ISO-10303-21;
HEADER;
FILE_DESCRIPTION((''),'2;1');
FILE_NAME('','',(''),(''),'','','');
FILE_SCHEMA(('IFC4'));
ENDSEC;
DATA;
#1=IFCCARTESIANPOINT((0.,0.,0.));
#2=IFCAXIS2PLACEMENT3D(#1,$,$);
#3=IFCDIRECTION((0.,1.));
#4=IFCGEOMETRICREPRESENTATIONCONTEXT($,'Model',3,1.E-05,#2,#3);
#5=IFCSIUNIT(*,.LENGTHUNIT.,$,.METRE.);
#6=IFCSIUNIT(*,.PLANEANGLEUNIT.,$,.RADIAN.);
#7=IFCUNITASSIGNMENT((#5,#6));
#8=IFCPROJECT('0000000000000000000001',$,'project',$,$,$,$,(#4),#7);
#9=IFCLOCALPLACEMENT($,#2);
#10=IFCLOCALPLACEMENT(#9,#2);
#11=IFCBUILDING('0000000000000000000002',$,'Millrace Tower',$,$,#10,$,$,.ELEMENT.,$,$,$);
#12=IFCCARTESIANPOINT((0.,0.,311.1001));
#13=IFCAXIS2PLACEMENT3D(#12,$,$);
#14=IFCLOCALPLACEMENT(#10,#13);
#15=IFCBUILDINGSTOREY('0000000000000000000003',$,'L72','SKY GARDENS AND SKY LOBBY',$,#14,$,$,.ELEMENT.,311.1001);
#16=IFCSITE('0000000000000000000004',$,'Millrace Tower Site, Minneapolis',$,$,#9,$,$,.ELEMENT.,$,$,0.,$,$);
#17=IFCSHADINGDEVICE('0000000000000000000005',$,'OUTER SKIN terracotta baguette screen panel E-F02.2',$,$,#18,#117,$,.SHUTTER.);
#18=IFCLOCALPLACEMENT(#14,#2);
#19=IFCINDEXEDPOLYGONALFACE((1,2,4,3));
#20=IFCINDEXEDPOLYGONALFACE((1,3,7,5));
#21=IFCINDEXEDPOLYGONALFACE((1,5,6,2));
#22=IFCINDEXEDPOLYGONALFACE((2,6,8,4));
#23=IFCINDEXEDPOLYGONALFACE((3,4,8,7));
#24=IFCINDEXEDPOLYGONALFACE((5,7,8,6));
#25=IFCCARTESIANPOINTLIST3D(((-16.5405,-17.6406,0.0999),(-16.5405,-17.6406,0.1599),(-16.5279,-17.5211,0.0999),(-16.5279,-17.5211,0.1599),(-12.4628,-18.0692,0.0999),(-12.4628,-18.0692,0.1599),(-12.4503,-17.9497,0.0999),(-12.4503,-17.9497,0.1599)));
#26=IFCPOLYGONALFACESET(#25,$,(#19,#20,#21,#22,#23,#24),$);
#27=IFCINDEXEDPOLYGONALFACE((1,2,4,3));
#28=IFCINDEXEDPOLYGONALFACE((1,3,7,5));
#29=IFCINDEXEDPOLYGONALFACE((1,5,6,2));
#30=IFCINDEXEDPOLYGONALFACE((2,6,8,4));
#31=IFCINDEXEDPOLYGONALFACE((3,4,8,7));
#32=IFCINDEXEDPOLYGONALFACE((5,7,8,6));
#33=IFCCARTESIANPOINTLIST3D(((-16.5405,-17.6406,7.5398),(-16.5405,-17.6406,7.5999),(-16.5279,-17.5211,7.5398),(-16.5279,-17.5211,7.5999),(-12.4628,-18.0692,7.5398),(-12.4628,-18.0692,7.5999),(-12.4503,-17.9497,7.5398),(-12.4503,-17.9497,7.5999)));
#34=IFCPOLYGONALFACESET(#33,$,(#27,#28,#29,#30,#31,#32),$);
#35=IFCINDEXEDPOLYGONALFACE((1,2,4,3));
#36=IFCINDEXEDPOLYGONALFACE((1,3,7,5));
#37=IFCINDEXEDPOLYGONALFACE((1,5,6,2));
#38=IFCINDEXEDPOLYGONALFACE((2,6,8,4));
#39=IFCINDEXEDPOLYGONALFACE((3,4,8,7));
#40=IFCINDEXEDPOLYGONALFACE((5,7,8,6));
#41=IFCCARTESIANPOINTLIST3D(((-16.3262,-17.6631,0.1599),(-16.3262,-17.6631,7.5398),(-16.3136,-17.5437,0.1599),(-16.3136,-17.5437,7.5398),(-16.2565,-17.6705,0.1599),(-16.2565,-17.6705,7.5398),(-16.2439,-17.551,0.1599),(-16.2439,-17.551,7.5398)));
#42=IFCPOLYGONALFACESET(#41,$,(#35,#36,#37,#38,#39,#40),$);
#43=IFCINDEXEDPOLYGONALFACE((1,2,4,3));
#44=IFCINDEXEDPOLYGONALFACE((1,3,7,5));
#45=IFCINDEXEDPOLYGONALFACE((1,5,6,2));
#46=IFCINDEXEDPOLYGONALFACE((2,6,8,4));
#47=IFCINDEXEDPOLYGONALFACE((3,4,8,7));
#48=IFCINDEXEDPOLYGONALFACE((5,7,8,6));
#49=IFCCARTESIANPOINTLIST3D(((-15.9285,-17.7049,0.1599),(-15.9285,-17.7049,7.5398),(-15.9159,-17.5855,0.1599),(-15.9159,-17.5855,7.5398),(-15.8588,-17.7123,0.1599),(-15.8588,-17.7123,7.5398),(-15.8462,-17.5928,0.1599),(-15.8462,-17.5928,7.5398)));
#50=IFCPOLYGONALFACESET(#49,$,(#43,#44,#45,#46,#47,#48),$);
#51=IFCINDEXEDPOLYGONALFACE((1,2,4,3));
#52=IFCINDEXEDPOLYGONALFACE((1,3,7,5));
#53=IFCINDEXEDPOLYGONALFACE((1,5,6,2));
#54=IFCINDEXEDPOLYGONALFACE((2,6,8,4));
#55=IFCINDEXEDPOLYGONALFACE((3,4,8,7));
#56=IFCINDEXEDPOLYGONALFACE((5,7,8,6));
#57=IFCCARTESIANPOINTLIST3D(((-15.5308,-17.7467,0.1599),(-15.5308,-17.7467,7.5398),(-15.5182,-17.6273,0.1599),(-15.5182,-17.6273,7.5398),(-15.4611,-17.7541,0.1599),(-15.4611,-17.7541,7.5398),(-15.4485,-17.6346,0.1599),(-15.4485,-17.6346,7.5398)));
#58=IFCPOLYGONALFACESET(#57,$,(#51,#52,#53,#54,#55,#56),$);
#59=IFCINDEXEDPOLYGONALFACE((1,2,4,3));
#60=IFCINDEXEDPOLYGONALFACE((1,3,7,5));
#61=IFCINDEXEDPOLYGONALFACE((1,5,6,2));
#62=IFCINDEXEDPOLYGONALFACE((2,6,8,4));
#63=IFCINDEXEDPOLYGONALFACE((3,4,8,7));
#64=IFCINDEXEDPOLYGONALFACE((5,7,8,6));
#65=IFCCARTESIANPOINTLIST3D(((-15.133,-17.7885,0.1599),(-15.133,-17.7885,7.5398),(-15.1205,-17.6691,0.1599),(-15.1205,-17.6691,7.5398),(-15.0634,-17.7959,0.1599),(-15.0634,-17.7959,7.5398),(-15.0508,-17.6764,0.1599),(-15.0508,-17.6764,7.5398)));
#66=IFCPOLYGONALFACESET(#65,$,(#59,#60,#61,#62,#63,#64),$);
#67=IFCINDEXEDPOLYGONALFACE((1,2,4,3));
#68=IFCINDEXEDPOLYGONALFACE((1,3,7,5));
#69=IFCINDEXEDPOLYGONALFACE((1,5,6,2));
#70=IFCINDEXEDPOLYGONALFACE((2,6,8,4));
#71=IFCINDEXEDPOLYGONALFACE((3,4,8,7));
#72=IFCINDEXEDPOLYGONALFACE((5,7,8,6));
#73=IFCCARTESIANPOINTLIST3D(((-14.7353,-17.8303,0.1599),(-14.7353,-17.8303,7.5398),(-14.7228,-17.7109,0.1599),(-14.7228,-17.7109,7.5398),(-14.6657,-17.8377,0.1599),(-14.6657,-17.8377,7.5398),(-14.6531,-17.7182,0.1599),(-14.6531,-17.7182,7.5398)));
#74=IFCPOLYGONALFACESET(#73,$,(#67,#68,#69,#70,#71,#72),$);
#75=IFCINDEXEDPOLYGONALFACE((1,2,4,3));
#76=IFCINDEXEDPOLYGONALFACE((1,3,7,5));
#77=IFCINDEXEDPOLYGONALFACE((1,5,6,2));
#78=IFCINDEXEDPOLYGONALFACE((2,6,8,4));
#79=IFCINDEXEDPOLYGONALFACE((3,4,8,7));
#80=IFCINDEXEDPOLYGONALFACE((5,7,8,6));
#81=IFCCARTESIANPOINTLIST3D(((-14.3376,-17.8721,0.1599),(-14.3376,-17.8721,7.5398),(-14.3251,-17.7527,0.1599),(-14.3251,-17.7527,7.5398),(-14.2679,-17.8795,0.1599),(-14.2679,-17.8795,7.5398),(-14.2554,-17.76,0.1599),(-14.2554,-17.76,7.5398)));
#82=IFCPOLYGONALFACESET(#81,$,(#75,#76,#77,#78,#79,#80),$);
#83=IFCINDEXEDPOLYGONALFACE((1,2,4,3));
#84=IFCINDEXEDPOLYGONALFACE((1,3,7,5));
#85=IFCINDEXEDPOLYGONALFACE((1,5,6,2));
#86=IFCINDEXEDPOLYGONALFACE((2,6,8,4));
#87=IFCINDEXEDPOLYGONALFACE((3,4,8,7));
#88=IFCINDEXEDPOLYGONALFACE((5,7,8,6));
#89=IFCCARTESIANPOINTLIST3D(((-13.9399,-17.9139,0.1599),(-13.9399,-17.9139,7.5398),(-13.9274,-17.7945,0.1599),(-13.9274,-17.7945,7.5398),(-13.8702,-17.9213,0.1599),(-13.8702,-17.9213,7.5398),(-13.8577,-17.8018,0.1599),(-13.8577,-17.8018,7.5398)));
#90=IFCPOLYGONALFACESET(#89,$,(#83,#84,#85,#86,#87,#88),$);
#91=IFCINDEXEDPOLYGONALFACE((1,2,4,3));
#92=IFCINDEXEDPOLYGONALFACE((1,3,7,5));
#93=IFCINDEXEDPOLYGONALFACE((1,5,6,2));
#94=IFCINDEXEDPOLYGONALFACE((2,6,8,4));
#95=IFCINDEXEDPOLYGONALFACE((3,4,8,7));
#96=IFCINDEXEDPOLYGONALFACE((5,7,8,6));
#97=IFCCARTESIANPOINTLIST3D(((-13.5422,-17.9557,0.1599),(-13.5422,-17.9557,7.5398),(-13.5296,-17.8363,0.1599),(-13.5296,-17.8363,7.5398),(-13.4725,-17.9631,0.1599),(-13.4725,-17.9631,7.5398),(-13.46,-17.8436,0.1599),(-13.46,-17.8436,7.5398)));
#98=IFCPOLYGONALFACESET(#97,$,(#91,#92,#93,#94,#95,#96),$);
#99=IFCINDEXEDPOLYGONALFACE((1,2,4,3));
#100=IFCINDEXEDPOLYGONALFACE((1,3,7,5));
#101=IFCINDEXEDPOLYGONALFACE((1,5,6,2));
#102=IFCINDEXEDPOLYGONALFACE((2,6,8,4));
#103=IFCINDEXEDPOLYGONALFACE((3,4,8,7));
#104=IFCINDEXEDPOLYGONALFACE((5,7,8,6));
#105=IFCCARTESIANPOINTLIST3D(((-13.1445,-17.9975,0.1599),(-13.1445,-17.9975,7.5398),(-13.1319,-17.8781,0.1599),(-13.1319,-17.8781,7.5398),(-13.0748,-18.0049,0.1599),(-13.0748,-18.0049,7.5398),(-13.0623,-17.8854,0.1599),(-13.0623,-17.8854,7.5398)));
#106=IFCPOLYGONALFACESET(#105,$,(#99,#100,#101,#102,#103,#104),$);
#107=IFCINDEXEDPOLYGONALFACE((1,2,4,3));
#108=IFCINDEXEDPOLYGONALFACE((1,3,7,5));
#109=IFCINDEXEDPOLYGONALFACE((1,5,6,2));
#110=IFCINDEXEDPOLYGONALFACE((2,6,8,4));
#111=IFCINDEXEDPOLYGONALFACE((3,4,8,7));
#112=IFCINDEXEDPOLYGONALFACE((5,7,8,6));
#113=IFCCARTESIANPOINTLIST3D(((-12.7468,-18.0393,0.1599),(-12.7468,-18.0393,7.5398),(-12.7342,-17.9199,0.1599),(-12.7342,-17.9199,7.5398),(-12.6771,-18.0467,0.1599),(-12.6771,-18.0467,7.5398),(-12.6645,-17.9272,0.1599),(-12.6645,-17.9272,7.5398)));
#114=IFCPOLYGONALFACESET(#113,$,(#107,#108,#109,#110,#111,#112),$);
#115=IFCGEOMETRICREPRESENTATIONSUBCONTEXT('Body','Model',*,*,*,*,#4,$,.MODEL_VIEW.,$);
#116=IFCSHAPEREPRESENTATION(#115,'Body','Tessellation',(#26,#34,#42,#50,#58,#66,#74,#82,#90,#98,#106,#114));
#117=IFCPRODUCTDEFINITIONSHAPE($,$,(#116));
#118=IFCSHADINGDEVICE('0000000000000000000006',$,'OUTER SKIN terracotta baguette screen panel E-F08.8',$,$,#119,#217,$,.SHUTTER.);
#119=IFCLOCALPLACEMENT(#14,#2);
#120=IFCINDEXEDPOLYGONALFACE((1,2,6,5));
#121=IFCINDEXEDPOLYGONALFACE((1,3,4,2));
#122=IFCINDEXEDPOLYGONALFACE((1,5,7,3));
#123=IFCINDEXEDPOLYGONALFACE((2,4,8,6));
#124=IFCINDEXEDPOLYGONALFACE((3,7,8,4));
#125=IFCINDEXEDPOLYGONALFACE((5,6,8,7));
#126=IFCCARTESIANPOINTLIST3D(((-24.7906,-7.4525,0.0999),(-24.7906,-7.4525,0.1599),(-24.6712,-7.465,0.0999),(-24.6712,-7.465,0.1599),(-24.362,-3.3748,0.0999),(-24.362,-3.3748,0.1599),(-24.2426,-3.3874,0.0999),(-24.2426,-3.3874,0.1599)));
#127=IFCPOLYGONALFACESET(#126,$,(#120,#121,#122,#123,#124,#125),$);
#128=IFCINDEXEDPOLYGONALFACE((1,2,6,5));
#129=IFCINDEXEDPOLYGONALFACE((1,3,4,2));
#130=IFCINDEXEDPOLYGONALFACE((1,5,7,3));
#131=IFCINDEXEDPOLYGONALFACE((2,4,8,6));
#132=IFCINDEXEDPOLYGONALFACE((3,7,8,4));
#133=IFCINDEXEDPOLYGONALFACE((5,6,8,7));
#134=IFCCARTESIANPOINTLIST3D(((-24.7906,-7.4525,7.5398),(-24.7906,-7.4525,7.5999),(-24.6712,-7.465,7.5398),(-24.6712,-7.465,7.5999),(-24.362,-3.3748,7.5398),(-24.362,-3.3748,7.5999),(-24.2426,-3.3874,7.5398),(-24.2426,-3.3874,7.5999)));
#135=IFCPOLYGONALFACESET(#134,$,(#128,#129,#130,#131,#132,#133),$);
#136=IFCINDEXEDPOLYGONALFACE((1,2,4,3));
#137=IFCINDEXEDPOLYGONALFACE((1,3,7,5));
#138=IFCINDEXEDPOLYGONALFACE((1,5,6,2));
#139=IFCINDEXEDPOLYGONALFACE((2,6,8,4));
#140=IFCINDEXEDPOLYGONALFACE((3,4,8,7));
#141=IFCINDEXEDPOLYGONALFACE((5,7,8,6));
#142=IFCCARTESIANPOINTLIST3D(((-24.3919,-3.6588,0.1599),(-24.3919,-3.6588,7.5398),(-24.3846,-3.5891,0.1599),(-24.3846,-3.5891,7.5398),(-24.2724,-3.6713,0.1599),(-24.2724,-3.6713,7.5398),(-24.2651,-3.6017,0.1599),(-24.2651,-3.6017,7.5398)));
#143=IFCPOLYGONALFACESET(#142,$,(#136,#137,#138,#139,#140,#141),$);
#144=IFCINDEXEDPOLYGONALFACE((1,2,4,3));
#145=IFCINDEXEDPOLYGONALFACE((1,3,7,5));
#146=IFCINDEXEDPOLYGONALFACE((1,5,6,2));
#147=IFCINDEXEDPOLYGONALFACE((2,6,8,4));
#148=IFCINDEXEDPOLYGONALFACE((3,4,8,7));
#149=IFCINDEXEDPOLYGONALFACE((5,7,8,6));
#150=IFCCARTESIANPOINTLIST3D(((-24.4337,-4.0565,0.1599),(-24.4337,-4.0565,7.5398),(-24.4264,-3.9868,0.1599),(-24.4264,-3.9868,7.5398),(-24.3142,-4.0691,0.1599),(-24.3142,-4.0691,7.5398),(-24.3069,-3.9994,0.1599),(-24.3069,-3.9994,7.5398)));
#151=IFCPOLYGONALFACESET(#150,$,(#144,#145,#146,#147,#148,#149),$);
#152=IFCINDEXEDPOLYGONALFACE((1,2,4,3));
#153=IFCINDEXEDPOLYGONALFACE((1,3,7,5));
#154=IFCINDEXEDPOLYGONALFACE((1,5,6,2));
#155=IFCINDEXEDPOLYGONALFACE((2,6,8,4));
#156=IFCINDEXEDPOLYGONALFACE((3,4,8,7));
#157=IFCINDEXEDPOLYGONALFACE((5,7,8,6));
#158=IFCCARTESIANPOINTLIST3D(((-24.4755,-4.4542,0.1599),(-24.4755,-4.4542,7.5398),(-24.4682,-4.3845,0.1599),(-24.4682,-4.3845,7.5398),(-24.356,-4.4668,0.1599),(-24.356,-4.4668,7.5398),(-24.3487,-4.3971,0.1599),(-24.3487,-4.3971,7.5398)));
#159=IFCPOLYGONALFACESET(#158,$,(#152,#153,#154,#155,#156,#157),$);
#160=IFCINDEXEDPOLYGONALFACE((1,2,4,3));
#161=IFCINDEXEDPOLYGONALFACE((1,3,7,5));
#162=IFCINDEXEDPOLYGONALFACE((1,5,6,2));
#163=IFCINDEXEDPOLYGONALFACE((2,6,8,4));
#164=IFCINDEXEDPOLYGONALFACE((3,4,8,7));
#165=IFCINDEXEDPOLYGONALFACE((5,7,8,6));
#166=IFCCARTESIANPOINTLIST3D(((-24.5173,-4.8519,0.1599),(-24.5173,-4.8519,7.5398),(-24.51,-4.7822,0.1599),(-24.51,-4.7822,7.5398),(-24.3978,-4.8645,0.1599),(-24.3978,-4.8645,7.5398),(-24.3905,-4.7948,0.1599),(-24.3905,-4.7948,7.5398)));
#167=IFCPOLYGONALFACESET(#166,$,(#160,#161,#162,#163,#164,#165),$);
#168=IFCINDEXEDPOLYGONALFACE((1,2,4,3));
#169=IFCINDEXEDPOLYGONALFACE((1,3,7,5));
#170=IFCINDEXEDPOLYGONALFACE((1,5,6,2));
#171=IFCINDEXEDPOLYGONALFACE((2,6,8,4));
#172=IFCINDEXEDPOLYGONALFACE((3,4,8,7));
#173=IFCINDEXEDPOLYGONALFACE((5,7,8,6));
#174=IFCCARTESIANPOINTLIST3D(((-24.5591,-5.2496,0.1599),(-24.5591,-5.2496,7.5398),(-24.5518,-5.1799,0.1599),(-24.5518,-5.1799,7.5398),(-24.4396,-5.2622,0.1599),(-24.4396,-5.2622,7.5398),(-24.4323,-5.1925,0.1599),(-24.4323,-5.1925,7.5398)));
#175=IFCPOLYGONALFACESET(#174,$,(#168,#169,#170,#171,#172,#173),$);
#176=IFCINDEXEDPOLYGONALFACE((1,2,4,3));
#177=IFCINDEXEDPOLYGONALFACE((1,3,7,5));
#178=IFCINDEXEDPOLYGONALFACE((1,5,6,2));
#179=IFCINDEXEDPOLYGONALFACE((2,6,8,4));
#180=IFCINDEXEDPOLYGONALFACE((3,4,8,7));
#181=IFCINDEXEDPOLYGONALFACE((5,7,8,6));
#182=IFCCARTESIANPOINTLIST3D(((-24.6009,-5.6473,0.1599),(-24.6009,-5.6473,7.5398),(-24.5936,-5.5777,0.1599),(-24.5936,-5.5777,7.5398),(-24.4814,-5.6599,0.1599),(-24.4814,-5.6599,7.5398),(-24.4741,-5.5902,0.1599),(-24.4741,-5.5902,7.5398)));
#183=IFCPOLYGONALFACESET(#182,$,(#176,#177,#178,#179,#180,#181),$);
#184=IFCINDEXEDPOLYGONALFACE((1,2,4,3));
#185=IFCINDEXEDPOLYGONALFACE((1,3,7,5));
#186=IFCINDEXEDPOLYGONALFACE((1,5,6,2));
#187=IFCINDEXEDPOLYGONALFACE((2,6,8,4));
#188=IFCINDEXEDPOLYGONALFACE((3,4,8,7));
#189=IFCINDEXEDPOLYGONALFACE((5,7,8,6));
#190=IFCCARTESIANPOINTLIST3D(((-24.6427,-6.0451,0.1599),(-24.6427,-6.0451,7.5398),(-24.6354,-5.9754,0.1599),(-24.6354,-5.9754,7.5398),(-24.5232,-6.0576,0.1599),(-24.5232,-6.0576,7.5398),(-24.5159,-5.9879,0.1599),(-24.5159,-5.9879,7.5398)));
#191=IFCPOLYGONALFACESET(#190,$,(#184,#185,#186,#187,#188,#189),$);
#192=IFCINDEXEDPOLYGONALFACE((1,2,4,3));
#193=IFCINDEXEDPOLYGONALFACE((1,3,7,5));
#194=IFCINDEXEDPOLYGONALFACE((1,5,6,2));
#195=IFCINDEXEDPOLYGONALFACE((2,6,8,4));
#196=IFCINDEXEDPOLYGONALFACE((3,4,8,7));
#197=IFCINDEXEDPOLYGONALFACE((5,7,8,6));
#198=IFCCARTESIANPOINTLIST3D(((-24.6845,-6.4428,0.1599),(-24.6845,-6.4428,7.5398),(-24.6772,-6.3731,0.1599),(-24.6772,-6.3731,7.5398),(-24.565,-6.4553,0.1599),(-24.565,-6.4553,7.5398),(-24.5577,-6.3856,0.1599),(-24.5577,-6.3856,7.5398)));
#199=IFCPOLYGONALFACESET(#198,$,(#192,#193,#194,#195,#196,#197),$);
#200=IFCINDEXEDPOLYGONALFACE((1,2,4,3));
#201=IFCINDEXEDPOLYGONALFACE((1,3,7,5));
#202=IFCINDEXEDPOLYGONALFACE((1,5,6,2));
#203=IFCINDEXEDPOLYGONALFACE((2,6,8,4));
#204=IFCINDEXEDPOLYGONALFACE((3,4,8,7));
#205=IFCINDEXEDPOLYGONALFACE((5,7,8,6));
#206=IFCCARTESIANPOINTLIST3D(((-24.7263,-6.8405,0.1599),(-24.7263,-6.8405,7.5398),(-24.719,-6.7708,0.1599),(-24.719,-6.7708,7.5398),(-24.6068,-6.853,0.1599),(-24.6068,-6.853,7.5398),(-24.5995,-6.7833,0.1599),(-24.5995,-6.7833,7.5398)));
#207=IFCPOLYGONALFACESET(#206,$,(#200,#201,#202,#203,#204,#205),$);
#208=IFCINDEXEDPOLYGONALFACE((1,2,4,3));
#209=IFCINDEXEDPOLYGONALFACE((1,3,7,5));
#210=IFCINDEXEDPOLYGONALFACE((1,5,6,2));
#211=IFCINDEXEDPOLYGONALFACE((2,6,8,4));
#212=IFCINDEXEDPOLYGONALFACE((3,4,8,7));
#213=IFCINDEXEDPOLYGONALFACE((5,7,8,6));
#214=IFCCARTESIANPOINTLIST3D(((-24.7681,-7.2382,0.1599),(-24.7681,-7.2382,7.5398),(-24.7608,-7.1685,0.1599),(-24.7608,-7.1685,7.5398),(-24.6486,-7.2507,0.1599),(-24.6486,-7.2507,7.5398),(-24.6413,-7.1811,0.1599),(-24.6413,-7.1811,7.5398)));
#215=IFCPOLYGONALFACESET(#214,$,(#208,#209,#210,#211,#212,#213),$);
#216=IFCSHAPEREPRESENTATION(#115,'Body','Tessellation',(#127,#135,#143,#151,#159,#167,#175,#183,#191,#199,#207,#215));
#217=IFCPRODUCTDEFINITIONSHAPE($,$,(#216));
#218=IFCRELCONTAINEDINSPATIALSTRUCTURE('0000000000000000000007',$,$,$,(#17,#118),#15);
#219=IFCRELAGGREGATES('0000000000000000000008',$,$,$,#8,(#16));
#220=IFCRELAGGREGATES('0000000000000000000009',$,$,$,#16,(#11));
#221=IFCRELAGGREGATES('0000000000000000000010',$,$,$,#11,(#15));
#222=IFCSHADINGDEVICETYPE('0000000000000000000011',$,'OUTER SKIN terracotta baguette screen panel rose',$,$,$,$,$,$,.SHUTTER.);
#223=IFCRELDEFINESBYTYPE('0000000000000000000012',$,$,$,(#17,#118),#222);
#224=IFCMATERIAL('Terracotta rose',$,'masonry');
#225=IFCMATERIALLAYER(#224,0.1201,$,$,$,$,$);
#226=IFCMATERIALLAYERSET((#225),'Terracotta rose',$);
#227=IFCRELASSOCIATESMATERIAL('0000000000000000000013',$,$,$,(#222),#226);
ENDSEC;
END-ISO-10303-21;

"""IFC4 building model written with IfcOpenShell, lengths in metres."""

from ifc_helpers import new_model, entity, si_unit, direction, frame, frame_2d, origin, place, context, subcontext, project, spatial, rectangle, extrude, source, transform, mapped, material, layer, layer_set, type_object, element, save


model = new_model("IFC4")

# Units and contexts
model_context = context("Model", 3, precision=1e-05, world=origin(), true_north=direction((0.0, 1.0)))
body_context = subcontext(model_context, "Body", "Model", "MODEL_VIEW")
ifc_project = project(units=[si_unit("LENGTHUNIT", "METRE"), si_unit("PLANEANGLEUNIT", "RADIAN")], contexts=[model_context])

# Site, building, storey
site_placement = place(None, origin())
site = spatial("IfcSite", under=ifc_project, at=site_placement, Name="Millrace Tower Site, Minneapolis", CompositionType="ELEMENT", RefElevation=0.0)
building_placement = place(site_placement, origin())
building = spatial("IfcBuilding", under=site, at=building_placement, Name="Millrace Tower", CompositionType="ELEMENT")
storey_placement = place(building_placement, frame((0.0, 0.0, 311.1001)))
storey = spatial("IfcBuildingStorey", under=building, at=storey_placement, Name="L72", Description="SKY GARDENS AND SKY LOBBY", CompositionType="ELEMENT", Elevation=311.1001)

# Shading devices
ifc_material_1 = material(Name="Terracotta rose", Category="masonry")
ifc_layer_1 = layer(ifc_material_1, 0.1201)
ifc_layer_set_1 = layer_set([ifc_layer_1], Name="Terracotta rose")
shading_device_type = type_object("IfcShadingDeviceType", Name="OUTER SKIN terracotta baguette screen panel rose", PredefinedType="SHUTTER", material=ifc_layer_set_1)
cartesian_point_1 = entity("IfcCartesianPoint", [-2.05, 0.0601])
shared_polyline_1 = entity("IfcPolyline", [cartesian_point_1, entity("IfcCartesianPoint", [2.05, 0.0601]), entity("IfcCartesianPoint", [2.05, -0.0601]), entity("IfcCartesianPoint", [-2.05, -0.0601]), cartesian_point_1])
shared_shape_1 = source(origin(), body_context, "Body", "SweptSolid", [
    entity("IfcExtrudedAreaSolid", entity("IfcArbitraryClosedProfileDef", "AREA", None, shared_polyline_1), entity("IfcAxis2Placement3D", entity("IfcCartesianPoint", [0.0, 0.0, 0.0])), entity("IfcDirection", [0.0, 0.0, 1.0]), 0.0601),
    entity("IfcExtrudedAreaSolid", entity("IfcArbitraryClosedProfileDef", "AREA", None, shared_polyline_1), entity("IfcAxis2Placement3D", entity("IfcCartesianPoint", [0.0, 0.0, 7.4399])), entity("IfcDirection", [0.0, 0.0, 1.0]), 0.0601),
    extrude(rectangle(XDim=0.0701, YDim=0.1201, at=frame_2d((-1.7996, 0.0))), frame((0.0, 0.0, 0.0601)), (0.0, 0.0, 1.0), 7.3799),
    extrude(rectangle(XDim=0.0701, YDim=0.1201, at=frame_2d((-1.3997, 0.0))), frame((0.0, 0.0, 0.0601)), (0.0, 0.0, 1.0), 7.3799),
    extrude(rectangle(XDim=0.0701, YDim=0.1201, at=frame_2d((-0.9998, 0.0))), frame((0.0, 0.0, 0.0601)), (0.0, 0.0, 1.0), 7.3799),
    extrude(rectangle(XDim=0.0701, YDim=0.1201, at=frame_2d((-0.5999, 0.0))), frame((0.0, 0.0, 0.0601)), (0.0, 0.0, 1.0), 7.3799),
    extrude(rectangle(XDim=0.0701, YDim=0.1201, at=frame_2d((-0.2, 0.0))), frame((0.0, 0.0, 0.0601)), (0.0, 0.0, 1.0), 7.3799),
    extrude(rectangle(XDim=0.0701, YDim=0.1201, at=frame_2d((0.2, 0.0))), frame((0.0, 0.0, 0.0601)), (0.0, 0.0, 1.0), 7.3799),
    extrude(rectangle(XDim=0.0701, YDim=0.1201, at=frame_2d((0.5999, 0.0))), frame((0.0, 0.0, 0.0601)), (0.0, 0.0, 1.0), 7.3799),
    extrude(rectangle(XDim=0.0701, YDim=0.1201, at=frame_2d((0.9998, 0.0))), frame((0.0, 0.0, 0.0601)), (0.0, 0.0, 1.0), 7.3799),
    extrude(rectangle(XDim=0.0701, YDim=0.1201, at=frame_2d((1.3997, 0.0))), frame((0.0, 0.0, 0.0601)), (0.0, 0.0, 1.0), 7.3799),
    extrude(rectangle(XDim=0.0701, YDim=0.1201, at=frame_2d((1.7996, 0.0))), frame((0.0, 0.0, 0.0601)), (0.0, 0.0, 1.0), 7.3799),
])
for number, where, z_axis, x_axis, name in (
    (1, (-14.4954, -17.7952, 0.0999), (0.0, 0.0, 1.0), (0.994522, -0.104528, 0.0), "OUTER SKIN terracotta baguette screen panel E-F02.2"),
    (2, (-24.5166, -5.4199, 0.0999), (0.0, 0.0, 1.0), (-0.104528, -0.994522, 0.0), "OUTER SKIN terracotta baguette screen panel E-F08.8"),
):
    element("IfcShadingDevice", number, at=place(storey_placement, frame(where, z_axis=z_axis, x_axis=x_axis)), inside=storey, type_object=shading_device_type, Name=name, PredefinedType="SHUTTER", context=body_context, shape_type="MappedRepresentation", body=[
        mapped(shared_shape_1, transform((0.0, 0.0, 0.0), scale=1.0)),
    ])

save(model, "model.ifc")
